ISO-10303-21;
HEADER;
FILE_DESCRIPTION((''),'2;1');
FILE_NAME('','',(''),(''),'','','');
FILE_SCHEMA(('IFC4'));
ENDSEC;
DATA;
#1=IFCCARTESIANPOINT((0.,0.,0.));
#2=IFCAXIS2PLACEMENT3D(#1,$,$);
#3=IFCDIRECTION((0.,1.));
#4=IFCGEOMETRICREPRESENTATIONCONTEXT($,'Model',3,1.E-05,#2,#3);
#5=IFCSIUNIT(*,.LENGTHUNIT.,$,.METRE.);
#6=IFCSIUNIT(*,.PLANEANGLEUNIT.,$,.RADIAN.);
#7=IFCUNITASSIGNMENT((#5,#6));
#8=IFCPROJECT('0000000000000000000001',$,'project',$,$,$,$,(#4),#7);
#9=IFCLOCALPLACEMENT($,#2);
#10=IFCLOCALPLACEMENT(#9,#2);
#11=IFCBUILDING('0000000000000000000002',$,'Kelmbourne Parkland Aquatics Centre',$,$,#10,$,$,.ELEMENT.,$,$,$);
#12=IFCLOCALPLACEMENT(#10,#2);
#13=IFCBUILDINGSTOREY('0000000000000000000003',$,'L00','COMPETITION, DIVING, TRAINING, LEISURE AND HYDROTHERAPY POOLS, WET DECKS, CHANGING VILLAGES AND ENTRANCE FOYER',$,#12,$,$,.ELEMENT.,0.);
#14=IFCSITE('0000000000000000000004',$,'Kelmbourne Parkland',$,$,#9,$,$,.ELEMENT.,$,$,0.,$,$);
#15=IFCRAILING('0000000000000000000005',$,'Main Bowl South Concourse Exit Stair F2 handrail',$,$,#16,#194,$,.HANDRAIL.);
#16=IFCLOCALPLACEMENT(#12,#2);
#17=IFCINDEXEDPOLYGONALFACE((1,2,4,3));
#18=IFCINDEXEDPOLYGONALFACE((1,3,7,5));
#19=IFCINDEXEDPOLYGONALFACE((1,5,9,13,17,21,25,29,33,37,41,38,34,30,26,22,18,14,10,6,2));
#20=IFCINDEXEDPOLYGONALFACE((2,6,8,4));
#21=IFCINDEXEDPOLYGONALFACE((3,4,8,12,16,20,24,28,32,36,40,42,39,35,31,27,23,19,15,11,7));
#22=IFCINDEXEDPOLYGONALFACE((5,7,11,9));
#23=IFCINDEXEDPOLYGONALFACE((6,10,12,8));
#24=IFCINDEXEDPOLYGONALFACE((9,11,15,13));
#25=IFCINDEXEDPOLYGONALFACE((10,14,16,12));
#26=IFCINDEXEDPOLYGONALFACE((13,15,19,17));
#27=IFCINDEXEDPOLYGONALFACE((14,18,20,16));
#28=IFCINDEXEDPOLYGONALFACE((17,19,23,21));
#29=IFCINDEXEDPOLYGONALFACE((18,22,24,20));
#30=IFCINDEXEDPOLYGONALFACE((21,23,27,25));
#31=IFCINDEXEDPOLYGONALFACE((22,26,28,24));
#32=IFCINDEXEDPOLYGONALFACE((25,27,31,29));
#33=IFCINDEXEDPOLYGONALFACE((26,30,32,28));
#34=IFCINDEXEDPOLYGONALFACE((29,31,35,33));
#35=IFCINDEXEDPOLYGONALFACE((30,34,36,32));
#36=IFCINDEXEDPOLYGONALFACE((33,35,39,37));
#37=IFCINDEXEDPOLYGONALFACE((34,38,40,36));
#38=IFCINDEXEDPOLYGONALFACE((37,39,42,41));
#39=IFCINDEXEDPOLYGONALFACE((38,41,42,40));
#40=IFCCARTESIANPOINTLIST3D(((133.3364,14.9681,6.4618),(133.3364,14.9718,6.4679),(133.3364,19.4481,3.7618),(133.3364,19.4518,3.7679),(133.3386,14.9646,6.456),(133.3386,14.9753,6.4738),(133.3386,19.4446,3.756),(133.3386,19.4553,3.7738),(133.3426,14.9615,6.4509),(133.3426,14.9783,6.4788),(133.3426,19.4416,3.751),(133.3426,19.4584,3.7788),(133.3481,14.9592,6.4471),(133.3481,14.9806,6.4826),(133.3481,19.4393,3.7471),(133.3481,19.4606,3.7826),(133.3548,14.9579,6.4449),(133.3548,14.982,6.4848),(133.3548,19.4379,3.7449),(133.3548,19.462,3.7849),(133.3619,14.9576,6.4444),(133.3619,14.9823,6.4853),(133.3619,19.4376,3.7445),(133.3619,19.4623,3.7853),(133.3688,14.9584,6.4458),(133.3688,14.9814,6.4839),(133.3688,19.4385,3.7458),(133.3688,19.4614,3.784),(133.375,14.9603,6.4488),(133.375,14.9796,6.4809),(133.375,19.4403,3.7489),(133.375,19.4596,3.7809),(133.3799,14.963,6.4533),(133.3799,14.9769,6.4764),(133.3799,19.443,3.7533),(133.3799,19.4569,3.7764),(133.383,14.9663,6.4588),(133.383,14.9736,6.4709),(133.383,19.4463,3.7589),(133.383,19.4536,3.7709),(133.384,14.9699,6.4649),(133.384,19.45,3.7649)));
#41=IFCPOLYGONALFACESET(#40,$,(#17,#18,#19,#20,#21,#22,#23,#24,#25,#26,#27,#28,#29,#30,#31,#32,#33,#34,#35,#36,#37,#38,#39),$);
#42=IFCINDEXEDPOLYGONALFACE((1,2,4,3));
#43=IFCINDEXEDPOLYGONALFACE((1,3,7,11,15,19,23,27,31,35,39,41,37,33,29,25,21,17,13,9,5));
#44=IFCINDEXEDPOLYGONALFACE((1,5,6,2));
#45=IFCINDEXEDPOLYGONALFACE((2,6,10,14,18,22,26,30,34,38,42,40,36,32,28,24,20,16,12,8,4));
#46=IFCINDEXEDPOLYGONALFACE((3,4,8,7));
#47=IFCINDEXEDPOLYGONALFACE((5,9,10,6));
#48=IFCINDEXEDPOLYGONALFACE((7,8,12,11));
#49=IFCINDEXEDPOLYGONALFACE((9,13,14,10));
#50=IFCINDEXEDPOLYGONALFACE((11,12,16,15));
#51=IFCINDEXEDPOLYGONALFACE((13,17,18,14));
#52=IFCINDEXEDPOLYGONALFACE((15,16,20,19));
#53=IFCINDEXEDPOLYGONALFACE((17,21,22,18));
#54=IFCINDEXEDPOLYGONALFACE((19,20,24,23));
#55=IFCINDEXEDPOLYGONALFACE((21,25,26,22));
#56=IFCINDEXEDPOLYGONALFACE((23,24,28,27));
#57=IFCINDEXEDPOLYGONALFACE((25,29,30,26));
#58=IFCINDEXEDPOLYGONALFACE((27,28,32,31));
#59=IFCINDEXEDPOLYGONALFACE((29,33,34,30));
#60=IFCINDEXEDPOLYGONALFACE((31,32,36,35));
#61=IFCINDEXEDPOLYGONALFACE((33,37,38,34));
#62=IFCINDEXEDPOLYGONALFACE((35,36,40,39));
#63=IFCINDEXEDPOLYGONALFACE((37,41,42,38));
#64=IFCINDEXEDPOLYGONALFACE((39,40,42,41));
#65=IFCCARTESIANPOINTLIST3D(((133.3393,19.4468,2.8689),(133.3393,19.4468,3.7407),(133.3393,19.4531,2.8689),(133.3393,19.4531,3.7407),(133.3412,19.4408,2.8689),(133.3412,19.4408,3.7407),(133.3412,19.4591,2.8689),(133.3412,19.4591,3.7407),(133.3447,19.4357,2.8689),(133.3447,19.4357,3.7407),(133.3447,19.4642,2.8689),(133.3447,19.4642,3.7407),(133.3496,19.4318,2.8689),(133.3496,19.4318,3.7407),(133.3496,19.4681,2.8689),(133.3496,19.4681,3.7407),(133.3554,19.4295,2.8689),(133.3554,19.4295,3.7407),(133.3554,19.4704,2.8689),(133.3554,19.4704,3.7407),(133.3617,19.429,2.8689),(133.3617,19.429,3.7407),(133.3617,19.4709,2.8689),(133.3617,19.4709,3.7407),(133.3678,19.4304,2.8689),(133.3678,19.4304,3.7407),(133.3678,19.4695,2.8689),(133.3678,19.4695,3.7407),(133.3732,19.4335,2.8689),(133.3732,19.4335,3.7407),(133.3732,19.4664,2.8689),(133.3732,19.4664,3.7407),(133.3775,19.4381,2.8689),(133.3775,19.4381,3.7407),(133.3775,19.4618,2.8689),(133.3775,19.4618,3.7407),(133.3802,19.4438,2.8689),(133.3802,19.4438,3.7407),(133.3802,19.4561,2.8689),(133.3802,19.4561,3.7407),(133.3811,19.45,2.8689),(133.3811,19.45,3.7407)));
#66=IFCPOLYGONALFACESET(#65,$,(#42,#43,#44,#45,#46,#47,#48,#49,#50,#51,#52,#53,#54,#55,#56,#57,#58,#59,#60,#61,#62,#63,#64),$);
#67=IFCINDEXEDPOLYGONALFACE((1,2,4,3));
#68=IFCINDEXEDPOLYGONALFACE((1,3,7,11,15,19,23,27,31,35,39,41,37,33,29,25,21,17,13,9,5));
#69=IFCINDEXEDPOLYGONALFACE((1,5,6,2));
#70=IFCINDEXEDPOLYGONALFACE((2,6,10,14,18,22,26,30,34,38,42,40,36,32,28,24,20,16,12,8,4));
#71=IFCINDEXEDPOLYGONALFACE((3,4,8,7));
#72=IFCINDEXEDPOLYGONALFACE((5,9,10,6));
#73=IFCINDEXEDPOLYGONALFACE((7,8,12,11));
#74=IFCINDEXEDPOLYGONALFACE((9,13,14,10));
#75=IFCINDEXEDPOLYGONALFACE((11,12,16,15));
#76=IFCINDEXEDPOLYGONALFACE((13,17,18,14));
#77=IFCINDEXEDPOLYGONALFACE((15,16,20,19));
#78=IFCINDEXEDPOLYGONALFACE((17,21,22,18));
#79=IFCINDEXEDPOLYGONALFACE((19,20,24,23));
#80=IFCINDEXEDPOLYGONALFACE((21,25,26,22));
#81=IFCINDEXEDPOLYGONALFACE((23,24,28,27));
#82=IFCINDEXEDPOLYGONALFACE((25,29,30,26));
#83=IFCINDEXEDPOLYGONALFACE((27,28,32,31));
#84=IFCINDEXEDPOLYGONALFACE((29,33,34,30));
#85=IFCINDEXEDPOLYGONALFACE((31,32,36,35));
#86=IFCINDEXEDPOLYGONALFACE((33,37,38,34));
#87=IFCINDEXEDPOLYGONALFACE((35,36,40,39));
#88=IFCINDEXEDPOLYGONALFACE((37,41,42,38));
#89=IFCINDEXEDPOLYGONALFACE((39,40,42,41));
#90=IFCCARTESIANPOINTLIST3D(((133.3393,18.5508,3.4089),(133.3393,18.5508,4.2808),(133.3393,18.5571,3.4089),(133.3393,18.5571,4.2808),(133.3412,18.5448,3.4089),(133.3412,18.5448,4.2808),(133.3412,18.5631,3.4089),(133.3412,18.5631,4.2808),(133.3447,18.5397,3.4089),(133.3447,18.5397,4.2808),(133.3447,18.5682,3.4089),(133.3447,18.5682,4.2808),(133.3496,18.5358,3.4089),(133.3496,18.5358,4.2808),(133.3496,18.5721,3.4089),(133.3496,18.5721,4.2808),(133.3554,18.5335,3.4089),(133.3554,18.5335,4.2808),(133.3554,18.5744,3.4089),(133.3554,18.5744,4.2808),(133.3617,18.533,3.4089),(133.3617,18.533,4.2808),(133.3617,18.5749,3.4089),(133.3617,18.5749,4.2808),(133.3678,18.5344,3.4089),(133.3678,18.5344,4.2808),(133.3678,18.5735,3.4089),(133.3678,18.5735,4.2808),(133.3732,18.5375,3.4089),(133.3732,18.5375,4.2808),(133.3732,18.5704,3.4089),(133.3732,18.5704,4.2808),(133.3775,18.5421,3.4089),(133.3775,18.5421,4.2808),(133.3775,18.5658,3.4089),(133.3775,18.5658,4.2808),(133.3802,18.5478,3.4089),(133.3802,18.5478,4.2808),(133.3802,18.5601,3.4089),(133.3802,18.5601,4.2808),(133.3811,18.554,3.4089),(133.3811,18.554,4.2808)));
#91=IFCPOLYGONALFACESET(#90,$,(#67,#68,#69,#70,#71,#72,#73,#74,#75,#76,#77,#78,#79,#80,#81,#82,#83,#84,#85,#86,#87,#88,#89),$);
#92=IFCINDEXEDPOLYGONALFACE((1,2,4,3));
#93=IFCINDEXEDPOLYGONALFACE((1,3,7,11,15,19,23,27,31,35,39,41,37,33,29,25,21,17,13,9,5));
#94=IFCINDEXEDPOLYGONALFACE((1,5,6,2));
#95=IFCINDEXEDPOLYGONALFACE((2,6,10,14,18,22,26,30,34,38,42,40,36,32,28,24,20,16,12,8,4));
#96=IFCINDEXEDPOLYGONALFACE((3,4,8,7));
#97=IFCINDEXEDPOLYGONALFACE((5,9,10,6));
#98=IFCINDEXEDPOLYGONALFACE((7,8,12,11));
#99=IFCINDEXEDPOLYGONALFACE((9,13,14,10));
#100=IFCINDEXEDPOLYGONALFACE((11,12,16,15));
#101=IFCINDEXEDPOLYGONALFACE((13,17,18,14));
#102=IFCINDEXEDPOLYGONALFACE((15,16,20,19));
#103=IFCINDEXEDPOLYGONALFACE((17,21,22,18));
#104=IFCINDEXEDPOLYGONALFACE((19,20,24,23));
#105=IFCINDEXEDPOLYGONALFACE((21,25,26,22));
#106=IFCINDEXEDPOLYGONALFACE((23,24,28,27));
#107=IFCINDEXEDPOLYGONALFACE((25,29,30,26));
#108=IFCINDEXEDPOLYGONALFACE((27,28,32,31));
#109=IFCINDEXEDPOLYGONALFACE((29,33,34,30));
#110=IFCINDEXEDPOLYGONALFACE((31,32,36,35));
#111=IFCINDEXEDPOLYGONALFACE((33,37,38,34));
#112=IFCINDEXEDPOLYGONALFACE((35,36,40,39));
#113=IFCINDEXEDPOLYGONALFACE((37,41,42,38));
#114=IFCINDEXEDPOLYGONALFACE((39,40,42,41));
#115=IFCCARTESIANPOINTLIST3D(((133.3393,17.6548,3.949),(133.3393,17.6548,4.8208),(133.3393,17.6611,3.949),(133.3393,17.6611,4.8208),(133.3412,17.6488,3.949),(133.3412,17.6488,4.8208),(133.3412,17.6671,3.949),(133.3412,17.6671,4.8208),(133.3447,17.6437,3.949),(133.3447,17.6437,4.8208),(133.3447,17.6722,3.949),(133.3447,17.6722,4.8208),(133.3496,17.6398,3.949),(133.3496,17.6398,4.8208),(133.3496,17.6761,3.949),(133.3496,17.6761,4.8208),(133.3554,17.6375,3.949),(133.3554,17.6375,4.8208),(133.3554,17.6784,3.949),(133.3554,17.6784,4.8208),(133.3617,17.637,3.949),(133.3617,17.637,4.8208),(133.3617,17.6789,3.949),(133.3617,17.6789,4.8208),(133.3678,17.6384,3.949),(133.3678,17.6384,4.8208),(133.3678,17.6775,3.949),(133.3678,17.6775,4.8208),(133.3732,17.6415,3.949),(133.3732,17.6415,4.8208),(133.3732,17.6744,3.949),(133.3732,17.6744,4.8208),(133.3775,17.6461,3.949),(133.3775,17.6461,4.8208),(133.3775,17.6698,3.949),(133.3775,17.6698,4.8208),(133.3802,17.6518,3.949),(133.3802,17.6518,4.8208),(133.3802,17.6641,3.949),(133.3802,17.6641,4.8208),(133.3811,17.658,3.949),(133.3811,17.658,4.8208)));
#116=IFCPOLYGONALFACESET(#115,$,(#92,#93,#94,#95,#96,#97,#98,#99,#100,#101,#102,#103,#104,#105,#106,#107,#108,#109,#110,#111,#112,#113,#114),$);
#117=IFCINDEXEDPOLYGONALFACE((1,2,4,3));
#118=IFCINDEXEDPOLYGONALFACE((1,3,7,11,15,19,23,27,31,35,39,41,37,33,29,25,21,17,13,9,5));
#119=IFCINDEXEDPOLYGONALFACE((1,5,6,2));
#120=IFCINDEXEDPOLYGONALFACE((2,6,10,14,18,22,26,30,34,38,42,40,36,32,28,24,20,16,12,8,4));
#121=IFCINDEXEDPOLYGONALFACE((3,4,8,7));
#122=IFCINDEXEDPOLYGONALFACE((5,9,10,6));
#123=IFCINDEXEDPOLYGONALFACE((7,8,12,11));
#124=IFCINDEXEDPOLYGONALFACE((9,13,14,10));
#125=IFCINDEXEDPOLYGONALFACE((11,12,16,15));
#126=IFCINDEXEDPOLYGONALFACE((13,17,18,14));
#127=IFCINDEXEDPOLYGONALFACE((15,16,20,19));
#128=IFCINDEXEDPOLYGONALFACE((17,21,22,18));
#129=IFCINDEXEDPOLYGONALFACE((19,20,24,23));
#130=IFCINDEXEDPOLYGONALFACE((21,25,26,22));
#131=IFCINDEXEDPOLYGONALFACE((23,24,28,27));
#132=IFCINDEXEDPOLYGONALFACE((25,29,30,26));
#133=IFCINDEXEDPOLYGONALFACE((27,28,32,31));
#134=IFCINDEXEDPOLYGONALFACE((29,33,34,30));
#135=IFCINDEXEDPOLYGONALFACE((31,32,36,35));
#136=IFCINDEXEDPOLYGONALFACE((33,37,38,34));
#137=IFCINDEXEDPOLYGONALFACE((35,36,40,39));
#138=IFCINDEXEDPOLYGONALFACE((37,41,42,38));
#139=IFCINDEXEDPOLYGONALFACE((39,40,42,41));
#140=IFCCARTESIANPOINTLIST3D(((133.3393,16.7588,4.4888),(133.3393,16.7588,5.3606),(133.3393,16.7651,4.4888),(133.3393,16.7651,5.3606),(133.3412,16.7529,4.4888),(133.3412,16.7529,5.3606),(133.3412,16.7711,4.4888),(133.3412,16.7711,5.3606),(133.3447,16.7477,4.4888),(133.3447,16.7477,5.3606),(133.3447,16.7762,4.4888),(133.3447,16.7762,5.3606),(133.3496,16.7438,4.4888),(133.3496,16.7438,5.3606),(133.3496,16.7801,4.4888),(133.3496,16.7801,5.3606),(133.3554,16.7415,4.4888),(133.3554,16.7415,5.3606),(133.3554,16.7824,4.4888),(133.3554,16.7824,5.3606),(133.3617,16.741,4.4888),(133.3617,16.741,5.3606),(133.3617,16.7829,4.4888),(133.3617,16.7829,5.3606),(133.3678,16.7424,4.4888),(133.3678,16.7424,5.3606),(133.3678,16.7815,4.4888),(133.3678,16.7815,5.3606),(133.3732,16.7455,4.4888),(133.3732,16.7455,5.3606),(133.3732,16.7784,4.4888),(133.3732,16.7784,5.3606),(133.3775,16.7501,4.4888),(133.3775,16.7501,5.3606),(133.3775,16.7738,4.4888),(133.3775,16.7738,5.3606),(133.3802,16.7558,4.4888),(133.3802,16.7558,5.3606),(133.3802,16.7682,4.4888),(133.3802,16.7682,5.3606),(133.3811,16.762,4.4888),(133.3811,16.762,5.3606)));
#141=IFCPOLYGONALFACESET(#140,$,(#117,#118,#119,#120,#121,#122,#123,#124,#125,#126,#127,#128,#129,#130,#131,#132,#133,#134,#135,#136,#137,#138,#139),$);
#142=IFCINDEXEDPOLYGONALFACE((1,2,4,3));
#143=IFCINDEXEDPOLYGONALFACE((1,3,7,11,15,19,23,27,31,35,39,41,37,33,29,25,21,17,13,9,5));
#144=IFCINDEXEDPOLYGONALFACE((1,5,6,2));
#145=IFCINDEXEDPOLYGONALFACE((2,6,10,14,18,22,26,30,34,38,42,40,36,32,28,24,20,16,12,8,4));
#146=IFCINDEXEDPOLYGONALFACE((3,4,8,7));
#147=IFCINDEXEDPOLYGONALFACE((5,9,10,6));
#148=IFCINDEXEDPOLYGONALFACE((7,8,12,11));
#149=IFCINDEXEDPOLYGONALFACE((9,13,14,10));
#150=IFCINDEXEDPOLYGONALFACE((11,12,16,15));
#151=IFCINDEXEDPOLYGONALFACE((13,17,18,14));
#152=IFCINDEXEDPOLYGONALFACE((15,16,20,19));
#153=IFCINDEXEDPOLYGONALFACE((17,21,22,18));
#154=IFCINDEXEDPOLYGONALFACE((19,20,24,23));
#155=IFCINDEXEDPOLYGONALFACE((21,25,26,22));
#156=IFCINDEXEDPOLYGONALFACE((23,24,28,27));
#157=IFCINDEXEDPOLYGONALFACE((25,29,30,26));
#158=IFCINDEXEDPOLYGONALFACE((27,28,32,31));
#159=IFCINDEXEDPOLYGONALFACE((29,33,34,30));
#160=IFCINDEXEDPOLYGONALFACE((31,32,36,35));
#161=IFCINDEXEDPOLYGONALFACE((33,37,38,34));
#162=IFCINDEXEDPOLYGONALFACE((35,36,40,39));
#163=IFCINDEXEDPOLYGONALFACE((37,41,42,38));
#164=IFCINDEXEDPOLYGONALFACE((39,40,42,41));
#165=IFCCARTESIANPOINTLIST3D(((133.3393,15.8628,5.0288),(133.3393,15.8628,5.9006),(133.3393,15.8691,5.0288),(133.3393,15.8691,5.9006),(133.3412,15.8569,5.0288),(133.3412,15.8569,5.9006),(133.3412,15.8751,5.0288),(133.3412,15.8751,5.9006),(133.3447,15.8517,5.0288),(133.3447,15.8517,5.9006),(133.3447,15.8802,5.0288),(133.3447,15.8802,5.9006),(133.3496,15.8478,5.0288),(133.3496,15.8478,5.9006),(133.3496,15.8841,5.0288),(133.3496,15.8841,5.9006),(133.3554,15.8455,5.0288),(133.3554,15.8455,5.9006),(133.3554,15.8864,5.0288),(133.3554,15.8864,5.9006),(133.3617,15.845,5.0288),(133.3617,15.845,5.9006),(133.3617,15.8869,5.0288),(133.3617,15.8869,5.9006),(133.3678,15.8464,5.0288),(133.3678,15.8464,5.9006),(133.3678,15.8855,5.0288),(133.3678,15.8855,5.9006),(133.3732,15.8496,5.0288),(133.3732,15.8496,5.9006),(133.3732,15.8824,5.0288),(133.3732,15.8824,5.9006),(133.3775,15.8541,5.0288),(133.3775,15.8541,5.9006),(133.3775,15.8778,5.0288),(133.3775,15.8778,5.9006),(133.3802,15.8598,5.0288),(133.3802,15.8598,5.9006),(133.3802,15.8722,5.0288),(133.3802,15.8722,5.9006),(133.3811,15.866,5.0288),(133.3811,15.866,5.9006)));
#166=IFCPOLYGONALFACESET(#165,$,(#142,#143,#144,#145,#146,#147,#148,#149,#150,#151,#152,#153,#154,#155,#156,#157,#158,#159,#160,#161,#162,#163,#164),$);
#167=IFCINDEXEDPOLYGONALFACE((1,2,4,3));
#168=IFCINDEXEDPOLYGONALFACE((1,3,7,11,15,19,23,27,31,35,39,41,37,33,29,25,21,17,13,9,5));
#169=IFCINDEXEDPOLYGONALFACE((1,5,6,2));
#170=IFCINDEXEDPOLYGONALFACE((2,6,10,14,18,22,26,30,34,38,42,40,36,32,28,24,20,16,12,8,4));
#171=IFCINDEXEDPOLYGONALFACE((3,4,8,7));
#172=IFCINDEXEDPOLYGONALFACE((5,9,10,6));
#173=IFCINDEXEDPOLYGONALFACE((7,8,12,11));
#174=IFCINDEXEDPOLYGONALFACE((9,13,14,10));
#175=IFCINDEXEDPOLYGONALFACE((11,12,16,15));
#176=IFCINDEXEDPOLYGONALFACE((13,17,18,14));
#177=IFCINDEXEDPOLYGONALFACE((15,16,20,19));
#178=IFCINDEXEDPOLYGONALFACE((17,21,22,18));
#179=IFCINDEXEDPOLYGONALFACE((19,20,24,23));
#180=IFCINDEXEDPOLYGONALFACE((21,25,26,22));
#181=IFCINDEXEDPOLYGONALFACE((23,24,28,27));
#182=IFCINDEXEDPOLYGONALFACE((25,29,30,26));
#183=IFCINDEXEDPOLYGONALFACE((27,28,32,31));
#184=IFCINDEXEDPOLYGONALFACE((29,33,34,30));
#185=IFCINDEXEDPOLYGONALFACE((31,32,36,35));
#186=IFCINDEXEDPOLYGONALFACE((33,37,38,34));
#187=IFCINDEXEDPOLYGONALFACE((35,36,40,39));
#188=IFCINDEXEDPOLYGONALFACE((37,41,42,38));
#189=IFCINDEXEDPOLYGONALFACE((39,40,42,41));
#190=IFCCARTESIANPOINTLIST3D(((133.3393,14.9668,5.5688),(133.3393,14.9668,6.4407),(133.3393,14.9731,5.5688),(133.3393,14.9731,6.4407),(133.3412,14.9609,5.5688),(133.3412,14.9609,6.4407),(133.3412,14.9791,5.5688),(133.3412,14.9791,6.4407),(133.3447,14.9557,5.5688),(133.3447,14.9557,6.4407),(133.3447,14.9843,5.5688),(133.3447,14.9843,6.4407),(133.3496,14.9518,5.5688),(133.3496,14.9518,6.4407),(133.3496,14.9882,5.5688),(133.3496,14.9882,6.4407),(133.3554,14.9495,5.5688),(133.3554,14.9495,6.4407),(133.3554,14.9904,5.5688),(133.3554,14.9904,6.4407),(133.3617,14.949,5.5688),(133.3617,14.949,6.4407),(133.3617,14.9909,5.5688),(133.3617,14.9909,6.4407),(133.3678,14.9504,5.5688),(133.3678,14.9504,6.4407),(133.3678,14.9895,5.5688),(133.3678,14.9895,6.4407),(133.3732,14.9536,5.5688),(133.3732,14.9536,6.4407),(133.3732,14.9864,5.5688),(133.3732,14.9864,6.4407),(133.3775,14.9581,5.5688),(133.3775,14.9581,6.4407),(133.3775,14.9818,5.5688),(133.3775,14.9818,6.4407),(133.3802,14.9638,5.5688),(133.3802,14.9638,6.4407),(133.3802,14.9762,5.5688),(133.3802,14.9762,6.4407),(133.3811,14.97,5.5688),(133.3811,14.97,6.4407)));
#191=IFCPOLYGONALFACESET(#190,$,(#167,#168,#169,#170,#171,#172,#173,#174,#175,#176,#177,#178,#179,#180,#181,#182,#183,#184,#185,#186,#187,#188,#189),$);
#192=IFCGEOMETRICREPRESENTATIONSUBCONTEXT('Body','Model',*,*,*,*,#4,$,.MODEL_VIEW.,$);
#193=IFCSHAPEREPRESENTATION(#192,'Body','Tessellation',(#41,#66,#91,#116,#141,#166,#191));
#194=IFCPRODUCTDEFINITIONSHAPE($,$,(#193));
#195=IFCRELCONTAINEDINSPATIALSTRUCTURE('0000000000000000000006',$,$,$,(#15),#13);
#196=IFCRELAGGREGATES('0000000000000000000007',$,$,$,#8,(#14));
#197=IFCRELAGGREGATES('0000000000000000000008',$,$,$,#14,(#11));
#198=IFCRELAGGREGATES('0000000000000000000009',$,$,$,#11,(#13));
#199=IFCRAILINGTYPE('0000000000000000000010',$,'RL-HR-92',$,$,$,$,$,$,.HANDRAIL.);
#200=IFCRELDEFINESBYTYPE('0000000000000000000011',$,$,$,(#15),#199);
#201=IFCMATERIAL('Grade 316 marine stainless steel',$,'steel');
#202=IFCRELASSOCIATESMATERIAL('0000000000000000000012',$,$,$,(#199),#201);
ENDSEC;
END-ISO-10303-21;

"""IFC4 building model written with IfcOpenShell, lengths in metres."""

from ifc_helpers import new_model, si_unit, direction, frame, origin, origin_2d, place, context, subcontext, project, spatial, circle, extrude, material, type_object, element, save


model = new_model("IFC4")

# Units and contexts
model_context = context("Model", 3, precision=1e-05, world=origin(), true_north=direction((0.0, 1.0)))
body_context = subcontext(model_context, "Body", "Model", "MODEL_VIEW")
ifc_project = project(units=[si_unit("LENGTHUNIT", "METRE"), si_unit("PLANEANGLEUNIT", "RADIAN")], contexts=[model_context])

# Site, building, storey
site_placement = place(None, origin())
site = spatial("IfcSite", under=ifc_project, at=site_placement, Name="Kelmbourne Parkland", CompositionType="ELEMENT", RefElevation=0.0)
building_placement = place(site_placement, origin())
building = spatial("IfcBuilding", under=site, at=building_placement, Name="Kelmbourne Parkland Aquatics Centre", CompositionType="ELEMENT")
storey_placement = place(building_placement, origin())
storey = spatial("IfcBuildingStorey", under=building, at=storey_placement, Name="L00", Description="COMPETITION, DIVING, TRAINING, LEISURE AND HYDROTHERAPY POOLS, WET DECKS, CHANGING VILLAGES AND ENTRANCE FOYER", CompositionType="ELEMENT", Elevation=0.0)

# Railing
ifc_material_1 = material(Name="Grade 316 marine stainless steel", Category="steel")
railing_type_1 = type_object("IfcRailingType", Name="RL-HR-92", PredefinedType="HANDRAIL", material=ifc_material_1)
railing_1_placement = place(storey_placement, frame((133.3601, 19.45, 2.8689)))
element("IfcRailing", 1, at=railing_1_placement, inside=storey, type_object=railing_type_1, Name="Main Bowl South Concourse Exit Stair F2 handrail", PredefinedType="HANDRAIL", context=body_context, shape_type="SweptSolid", body=[
    extrude(circle(Radius=0.0239, at=origin_2d()), frame((0.0, 0.0, 0.896), z_axis=(0.0, -0.856482, 0.516176), x_axis=(1.0, 0.0, 0.0)), (0.0, 0.0, 1.0), 5.2307),
    extrude(circle(Radius=0.021, at=origin_2d()), origin(), (0.0, 0.0, 1.0), 0.8718),
    extrude(circle(Radius=0.021, at=origin_2d()), frame((0.0, -0.896, 0.54)), (0.0, 0.0, 1.0), 0.8718),
    extrude(circle(Radius=0.021, at=origin_2d()), frame((0.0, -1.792, 1.0801)), (0.0, 0.0, 1.0), 0.8718),
    extrude(circle(Radius=0.021, at=origin_2d()), frame((0.0, -2.688, 1.6199)), (0.0, 0.0, 1.0), 0.8718),
    extrude(circle(Radius=0.021, at=origin_2d()), frame((0.0, -3.584, 2.1599)), (0.0, 0.0, 1.0), 0.8718),
    extrude(circle(Radius=0.021, at=origin_2d()), frame((0.0, -4.48, 2.7)), (0.0, 0.0, 1.0), 0.8718),
])

save(model, "model.ifc")
